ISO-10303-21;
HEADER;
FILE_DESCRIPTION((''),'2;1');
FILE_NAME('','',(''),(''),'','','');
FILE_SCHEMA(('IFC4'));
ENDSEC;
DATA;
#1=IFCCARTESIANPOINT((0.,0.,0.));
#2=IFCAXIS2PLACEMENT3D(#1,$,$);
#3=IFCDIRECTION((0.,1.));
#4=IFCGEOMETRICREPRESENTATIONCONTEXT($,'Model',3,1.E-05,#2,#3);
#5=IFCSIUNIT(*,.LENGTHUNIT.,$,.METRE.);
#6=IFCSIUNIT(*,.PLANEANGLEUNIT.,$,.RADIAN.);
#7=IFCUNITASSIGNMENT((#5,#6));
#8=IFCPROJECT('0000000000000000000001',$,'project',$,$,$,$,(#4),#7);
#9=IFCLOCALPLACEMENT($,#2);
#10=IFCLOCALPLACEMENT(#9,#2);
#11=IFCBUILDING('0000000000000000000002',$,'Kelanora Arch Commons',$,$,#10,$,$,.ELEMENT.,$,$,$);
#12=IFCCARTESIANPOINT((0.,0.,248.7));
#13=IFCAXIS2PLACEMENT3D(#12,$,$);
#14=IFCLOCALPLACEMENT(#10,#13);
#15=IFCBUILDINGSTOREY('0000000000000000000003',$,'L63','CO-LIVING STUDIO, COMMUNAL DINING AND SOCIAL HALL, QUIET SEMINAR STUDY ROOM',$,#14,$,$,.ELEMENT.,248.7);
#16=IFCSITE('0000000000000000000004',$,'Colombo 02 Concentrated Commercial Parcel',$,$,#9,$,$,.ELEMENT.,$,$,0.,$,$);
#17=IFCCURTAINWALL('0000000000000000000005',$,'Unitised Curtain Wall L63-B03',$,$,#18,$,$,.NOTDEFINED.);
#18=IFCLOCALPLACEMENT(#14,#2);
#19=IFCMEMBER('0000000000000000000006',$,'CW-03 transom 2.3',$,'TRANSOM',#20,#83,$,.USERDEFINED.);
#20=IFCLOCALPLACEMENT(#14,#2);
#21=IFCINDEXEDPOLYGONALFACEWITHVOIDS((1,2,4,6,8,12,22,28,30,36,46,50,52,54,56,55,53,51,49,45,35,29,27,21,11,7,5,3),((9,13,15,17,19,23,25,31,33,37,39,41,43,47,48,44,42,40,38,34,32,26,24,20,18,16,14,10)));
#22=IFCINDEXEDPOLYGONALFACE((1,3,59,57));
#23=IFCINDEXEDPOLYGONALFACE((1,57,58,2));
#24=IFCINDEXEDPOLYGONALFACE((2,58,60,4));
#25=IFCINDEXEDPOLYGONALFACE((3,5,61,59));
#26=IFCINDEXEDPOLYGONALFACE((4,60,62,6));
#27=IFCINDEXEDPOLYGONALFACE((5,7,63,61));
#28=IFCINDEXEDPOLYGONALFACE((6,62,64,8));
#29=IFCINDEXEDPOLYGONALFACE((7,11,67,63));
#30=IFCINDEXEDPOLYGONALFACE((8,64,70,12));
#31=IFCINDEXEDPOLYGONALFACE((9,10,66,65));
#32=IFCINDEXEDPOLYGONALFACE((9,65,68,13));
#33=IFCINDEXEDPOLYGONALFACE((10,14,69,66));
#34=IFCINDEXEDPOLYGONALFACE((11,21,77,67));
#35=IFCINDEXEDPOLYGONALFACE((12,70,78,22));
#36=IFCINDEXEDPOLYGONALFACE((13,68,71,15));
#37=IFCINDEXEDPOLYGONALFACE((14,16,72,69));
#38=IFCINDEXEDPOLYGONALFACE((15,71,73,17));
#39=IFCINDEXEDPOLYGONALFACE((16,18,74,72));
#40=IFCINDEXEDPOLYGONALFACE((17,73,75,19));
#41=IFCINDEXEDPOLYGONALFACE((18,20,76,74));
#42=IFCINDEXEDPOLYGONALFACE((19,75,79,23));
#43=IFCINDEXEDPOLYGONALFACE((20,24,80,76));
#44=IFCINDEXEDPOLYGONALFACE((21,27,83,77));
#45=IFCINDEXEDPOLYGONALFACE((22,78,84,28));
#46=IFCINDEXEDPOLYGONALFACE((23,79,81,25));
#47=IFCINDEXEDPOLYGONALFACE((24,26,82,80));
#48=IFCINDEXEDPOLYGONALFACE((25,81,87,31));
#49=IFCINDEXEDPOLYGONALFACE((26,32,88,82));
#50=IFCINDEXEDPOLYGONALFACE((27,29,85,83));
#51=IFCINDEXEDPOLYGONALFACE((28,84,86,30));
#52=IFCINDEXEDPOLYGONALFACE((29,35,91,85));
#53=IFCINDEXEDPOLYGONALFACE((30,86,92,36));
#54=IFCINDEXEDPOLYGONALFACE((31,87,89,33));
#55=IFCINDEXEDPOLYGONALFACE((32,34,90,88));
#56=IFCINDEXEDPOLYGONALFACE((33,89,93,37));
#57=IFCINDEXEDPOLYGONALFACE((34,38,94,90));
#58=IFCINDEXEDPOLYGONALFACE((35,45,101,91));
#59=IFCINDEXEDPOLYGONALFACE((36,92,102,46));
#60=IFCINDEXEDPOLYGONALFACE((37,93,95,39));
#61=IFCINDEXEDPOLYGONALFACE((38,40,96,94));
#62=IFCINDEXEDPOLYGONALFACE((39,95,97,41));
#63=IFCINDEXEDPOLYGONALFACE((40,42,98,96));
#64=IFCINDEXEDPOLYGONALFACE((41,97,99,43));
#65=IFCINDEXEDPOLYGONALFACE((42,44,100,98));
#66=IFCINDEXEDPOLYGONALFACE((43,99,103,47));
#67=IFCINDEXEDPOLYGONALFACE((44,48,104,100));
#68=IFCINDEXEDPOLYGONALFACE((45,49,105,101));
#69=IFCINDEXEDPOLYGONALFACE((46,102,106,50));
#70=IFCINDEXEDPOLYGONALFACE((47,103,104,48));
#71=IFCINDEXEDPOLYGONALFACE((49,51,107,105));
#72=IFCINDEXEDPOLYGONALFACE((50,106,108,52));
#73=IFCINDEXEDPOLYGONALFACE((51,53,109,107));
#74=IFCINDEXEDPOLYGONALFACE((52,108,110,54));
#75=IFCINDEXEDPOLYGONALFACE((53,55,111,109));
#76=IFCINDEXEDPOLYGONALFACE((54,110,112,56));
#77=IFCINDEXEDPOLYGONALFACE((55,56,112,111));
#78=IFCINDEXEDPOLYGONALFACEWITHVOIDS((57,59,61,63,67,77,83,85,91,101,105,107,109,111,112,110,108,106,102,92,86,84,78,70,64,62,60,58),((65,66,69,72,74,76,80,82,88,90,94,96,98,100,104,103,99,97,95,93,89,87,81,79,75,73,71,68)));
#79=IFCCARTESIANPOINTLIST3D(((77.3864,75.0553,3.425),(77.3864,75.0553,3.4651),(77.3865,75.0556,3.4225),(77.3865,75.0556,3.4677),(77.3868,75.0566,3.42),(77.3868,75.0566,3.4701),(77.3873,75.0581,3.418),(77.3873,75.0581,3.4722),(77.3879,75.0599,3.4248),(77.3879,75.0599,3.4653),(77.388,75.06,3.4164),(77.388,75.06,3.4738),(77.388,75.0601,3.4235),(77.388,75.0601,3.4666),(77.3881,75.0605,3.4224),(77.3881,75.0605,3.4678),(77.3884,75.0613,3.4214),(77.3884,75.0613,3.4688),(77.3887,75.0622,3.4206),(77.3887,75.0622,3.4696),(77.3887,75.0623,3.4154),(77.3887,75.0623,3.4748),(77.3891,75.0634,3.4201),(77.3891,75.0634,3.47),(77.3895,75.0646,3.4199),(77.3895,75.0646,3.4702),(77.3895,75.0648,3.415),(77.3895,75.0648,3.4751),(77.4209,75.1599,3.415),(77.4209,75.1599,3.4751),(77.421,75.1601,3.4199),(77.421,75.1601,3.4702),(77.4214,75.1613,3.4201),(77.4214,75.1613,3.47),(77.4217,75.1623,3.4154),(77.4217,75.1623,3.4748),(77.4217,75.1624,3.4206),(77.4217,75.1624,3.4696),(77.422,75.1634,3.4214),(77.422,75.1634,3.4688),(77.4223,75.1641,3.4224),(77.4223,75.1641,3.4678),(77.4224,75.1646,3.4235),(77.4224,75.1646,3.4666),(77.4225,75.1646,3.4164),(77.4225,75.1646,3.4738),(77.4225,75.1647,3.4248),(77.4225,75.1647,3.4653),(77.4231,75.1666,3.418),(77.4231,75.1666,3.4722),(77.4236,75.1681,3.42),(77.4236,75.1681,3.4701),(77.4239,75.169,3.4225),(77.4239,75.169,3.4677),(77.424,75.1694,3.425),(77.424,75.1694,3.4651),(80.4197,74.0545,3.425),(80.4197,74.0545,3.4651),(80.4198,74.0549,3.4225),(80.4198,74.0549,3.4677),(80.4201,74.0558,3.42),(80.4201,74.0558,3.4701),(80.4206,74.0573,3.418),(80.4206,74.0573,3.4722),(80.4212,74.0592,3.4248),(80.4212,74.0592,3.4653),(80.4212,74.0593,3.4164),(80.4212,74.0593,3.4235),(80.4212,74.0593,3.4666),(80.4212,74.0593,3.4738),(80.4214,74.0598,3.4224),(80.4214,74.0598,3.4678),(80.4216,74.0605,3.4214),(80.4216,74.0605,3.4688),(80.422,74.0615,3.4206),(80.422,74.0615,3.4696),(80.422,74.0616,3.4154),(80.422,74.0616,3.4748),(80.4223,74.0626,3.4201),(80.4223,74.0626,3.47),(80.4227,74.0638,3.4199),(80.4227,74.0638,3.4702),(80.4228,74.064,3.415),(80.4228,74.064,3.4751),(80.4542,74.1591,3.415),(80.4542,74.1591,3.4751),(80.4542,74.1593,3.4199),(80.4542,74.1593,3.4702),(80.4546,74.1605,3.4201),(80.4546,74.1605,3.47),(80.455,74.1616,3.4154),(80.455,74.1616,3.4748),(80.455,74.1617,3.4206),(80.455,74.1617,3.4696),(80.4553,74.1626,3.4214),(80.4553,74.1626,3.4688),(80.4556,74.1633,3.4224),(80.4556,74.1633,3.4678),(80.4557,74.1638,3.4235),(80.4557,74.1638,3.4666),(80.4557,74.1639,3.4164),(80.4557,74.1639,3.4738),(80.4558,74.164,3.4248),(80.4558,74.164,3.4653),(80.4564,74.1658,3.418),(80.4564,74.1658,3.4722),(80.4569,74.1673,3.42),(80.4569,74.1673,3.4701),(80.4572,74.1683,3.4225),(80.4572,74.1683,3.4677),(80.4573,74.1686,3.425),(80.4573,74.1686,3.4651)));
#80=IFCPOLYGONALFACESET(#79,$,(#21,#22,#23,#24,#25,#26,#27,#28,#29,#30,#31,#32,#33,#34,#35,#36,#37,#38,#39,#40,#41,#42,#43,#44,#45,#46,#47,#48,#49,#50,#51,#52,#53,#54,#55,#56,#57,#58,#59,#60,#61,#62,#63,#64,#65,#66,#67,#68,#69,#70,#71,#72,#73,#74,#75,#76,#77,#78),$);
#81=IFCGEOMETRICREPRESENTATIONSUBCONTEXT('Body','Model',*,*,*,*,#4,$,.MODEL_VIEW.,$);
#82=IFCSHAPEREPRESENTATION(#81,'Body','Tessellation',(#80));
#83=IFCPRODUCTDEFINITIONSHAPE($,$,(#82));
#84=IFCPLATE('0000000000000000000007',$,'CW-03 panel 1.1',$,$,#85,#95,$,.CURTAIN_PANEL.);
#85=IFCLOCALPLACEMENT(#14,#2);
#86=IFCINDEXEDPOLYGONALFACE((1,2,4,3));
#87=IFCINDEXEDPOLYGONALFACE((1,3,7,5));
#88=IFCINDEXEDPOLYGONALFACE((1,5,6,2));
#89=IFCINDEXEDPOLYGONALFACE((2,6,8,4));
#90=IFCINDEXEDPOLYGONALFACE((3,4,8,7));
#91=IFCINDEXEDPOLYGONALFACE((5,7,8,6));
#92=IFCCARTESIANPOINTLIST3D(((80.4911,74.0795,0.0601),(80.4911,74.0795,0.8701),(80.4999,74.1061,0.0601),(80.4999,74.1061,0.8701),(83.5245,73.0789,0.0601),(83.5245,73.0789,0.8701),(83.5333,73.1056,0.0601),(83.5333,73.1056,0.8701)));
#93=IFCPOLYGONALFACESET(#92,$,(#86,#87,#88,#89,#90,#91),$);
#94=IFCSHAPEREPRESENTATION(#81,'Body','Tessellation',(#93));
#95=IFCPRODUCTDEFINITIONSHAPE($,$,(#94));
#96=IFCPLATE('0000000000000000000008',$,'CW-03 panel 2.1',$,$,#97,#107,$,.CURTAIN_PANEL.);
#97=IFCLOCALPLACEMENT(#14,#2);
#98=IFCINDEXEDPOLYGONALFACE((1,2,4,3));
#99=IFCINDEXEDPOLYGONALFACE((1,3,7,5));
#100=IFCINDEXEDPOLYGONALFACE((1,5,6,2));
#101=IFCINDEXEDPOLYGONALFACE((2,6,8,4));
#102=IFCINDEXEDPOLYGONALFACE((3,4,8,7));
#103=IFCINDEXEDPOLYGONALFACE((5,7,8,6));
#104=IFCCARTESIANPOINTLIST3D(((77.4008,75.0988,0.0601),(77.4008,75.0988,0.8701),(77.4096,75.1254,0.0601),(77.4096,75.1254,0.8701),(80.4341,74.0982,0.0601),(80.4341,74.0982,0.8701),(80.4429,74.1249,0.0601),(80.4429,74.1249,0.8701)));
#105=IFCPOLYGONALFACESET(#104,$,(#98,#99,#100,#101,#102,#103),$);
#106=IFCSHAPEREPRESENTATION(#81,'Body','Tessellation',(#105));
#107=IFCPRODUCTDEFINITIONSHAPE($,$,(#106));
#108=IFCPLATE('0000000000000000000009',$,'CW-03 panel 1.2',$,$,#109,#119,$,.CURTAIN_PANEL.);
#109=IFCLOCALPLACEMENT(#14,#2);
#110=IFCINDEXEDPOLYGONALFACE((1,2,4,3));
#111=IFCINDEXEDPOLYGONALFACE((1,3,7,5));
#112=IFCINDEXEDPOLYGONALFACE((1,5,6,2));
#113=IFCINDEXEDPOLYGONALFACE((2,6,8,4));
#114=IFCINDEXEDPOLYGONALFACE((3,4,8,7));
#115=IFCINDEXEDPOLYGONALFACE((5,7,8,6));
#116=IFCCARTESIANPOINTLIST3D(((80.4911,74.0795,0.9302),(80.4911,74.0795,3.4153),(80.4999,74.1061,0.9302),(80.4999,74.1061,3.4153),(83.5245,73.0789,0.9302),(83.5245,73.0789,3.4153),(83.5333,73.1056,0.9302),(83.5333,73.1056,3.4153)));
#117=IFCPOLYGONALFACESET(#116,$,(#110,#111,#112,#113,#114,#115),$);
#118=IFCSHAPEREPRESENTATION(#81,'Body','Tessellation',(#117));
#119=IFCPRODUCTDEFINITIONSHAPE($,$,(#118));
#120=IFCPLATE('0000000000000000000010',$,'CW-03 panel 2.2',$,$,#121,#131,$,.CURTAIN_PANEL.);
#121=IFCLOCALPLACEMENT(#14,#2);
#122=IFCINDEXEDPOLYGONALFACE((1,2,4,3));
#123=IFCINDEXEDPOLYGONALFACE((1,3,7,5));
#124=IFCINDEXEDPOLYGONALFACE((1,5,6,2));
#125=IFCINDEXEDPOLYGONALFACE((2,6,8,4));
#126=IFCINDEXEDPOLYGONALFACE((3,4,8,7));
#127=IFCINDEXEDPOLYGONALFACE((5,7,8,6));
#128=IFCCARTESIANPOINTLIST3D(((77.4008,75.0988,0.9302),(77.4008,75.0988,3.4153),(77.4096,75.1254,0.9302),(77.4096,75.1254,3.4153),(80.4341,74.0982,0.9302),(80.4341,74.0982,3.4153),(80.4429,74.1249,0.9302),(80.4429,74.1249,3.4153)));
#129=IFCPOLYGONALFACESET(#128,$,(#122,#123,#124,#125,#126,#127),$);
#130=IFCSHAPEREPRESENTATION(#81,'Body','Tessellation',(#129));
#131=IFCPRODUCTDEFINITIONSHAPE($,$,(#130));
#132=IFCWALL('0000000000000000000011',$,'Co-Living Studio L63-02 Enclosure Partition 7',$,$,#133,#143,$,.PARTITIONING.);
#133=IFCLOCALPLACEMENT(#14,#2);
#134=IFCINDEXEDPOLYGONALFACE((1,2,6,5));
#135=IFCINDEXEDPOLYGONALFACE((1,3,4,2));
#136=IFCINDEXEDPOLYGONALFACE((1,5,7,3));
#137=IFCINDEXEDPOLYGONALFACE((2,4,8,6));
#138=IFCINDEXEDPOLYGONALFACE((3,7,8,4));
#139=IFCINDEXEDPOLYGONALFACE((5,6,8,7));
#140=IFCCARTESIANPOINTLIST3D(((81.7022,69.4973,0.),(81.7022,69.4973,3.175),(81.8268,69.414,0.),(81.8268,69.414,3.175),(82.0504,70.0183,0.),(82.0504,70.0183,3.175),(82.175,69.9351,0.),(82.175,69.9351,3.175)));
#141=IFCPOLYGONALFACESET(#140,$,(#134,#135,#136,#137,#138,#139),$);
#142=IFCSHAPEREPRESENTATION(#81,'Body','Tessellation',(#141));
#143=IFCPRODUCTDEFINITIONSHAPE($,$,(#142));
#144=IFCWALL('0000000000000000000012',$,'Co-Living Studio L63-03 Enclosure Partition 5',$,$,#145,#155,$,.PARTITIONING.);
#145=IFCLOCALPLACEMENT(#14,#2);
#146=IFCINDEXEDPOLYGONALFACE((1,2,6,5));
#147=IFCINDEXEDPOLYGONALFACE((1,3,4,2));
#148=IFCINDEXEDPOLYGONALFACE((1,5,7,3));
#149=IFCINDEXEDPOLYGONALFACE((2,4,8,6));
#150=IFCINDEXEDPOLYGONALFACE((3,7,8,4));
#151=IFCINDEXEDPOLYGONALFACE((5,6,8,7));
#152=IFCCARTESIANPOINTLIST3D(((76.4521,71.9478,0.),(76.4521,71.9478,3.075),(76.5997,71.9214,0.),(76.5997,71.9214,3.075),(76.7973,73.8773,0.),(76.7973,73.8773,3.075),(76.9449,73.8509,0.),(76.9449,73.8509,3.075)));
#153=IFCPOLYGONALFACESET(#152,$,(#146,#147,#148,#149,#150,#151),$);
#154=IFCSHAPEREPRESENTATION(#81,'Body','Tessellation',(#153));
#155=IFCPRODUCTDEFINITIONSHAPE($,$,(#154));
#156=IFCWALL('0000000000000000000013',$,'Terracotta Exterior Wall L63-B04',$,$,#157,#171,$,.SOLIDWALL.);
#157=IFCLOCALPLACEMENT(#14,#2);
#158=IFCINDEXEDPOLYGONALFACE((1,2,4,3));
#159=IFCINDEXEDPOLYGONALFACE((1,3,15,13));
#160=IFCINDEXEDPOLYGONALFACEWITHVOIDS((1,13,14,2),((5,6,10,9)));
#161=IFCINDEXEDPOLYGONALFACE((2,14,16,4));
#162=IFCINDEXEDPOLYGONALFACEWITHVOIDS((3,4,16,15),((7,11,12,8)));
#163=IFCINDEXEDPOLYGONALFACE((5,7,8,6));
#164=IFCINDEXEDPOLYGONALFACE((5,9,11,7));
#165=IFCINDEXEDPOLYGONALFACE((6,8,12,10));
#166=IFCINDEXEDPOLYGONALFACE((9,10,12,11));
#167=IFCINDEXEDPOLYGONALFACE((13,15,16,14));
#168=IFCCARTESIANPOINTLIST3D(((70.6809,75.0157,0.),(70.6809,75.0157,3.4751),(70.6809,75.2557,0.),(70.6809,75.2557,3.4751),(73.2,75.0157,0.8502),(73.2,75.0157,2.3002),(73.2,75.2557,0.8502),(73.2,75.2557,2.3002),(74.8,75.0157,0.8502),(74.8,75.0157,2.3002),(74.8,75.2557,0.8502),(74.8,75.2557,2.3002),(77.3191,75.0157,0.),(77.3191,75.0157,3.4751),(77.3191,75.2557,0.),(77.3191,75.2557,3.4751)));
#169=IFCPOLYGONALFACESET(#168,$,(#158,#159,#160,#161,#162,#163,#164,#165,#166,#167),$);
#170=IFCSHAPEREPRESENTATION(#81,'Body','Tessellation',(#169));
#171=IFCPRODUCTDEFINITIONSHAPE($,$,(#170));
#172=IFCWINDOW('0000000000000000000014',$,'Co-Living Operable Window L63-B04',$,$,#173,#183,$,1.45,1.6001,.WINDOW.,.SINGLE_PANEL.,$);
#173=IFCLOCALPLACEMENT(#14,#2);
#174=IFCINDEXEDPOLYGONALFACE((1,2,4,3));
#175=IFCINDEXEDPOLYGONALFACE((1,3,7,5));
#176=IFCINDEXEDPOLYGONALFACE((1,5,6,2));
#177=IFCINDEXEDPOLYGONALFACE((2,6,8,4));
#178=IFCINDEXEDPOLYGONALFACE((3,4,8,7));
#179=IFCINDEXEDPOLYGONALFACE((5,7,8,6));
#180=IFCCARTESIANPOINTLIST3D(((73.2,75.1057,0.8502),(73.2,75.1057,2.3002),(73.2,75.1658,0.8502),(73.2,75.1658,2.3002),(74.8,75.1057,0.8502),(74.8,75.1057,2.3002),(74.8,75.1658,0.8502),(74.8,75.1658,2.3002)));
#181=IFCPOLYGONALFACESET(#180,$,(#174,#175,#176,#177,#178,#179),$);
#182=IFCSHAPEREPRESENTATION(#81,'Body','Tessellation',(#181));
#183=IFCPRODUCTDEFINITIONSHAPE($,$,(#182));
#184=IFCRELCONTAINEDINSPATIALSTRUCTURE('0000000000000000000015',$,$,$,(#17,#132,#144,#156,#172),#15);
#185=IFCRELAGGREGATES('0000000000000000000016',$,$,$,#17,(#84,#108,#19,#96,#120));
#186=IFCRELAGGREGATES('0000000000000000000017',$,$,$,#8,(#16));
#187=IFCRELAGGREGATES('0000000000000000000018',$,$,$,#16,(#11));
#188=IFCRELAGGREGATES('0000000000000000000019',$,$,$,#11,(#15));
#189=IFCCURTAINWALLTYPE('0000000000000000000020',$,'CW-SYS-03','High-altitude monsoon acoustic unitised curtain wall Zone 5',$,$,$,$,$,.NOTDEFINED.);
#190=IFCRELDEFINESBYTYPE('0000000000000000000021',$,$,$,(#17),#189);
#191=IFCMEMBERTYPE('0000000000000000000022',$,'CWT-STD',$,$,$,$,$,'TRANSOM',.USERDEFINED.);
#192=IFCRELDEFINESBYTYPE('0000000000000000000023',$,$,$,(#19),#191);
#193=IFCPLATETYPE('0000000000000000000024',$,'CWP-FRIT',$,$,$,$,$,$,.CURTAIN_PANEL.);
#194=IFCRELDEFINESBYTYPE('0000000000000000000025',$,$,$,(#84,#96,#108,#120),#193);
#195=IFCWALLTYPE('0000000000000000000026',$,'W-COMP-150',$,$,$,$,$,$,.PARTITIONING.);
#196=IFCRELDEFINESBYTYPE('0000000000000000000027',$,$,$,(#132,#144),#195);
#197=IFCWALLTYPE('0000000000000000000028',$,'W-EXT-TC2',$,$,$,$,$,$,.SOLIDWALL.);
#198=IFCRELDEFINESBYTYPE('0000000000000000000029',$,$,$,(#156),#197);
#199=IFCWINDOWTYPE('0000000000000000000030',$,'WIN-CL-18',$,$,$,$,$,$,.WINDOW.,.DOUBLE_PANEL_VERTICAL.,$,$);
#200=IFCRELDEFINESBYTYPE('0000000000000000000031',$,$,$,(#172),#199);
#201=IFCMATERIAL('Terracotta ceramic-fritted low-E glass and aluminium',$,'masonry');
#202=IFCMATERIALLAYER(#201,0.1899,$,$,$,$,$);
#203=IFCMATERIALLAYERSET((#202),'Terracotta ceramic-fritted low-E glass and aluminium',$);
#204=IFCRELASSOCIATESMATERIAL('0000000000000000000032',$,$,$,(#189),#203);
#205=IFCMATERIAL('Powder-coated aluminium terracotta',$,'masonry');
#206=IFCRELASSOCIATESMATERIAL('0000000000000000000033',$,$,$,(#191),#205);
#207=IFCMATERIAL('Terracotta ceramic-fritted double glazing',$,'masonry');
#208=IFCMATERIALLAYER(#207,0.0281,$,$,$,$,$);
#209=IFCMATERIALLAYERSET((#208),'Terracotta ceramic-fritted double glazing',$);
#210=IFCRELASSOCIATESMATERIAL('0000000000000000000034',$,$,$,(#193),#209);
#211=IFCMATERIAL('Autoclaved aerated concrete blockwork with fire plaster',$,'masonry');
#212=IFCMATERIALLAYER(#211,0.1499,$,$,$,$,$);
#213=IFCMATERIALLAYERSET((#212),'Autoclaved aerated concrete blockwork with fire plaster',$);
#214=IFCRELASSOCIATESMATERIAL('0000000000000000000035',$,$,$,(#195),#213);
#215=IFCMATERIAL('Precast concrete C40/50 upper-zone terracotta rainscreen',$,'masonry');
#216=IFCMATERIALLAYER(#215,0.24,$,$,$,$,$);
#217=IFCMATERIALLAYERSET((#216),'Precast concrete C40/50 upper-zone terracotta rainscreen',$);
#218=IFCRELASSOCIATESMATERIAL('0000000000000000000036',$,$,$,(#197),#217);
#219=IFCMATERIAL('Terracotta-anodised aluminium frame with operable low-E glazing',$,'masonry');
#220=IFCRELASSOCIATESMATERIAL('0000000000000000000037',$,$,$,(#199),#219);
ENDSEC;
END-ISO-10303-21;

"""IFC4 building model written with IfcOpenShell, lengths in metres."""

from ifc_helpers import new_model, si_unit, direction, frame, frame_2d, origin, origin_2d, place, context, subcontext, project, spatial, rectangle, hollow_rectangle, extrude, source, transform, mapped, material, layer, layer_set, material_profile, profile_set, type_object, element, fill, aggregate, save


model = new_model("IFC4")

# Units and contexts
model_context = context("Model", 3, precision=1e-05, world=origin(), true_north=direction((0.0, 1.0)))
body_context = subcontext(model_context, "Body", "Model", "MODEL_VIEW")
ifc_project = project(units=[si_unit("LENGTHUNIT", "METRE"), si_unit("PLANEANGLEUNIT", "RADIAN")], contexts=[model_context])

# Site, building, storey
site_placement = place(None, origin())
site = spatial("IfcSite", under=ifc_project, at=site_placement, Name="Colombo 02 Concentrated Commercial Parcel", CompositionType="ELEMENT", RefElevation=0.0)
building_placement = place(site_placement, origin())
building = spatial("IfcBuilding", under=site, at=building_placement, Name="Kelanora Arch Commons", CompositionType="ELEMENT")
storey_placement = place(building_placement, frame((0.0, 0.0, 248.7)))
storey = spatial("IfcBuildingStorey", under=building, at=storey_placement, Name="L63", Description="CO-LIVING STUDIO, COMMUNAL DINING AND SOCIAL HALL, QUIET SEMINAR STUDY ROOM", CompositionType="ELEMENT", Elevation=248.7)

# Curtain wall, member, plates
ifc_material_1 = material(Name="Terracotta ceramic-fritted low-E glass and aluminium", Category="masonry")
ifc_layer_1 = layer(ifc_material_1, 0.1899)
ifc_layer_set_1 = layer_set([ifc_layer_1], Name="Terracotta ceramic-fritted low-E glass and aluminium")
curtain_wall_type = type_object("IfcCurtainWallType", Name="CW-SYS-03", Description="High-altitude monsoon acoustic unitised curtain wall Zone 5", PredefinedType="NOTDEFINED", material=ifc_layer_set_1)
curtain_wall_placement = place(storey_placement, origin())
curtain_wall = element("IfcCurtainWall", 1, at=curtain_wall_placement, inside=storey, type_object=curtain_wall_type, Name="Unitised Curtain Wall L63-B03", PredefinedType="NOTDEFINED")
ifc_material_2 = material(Name="Powder-coated aluminium terracotta", Category="masonry")
ifc_material_profile_1 = material_profile(ifc_material_2, hollow_rectangle(XDim=0.1201, YDim=0.0601, WallThickness=0.0049, InnerFilletRadius=0.0049, OuterFilletRadius=0.01, at=origin_2d()), Name="CWT120x60")
ifc_profile_set_1 = profile_set([ifc_material_profile_1], Name="Powder-coated aluminium terracotta")
member_type_1 = type_object("IfcMemberType", Name="CWT-STD", ElementType="TRANSOM", PredefinedType="USERDEFINED", material=ifc_profile_set_1)
member_1_placement = place(storey_placement, frame((80.4385, 74.1116, 3.4451), z_axis=(-0.94965, 0.313314, 0.0), x_axis=(-0.313314, -0.94965, 0.0)))
member_1 = element("IfcMember", 2, at=member_1_placement, type_object=member_type_1, Name="CW-03 transom 2.3", ObjectType="TRANSOM", PredefinedType="USERDEFINED", context=body_context, shape_type="SweptSolid", body=[
    extrude(hollow_rectangle(XDim=0.1201, YDim=0.0601, WallThickness=0.0049, InnerFilletRadius=0.0049, OuterFilletRadius=0.01, at=origin_2d()), origin(), (0.0, 0.0, 1.0), 3.1941),
])
ifc_material_3 = material(Name="Terracotta ceramic-fritted double glazing", Category="masonry")
ifc_layer_2 = layer(ifc_material_3, 0.0281)
ifc_layer_set_2 = layer_set([ifc_layer_2], Name="Terracotta ceramic-fritted double glazing")
plate_type = type_object("IfcPlateType", Name="CWP-FRIT", PredefinedType="CURTAIN_PANEL", material=ifc_layer_set_2)
shared_shape_1 = source(origin(), body_context, "Body", "SweptSolid", [
    extrude(rectangle(XDim=3.1941, YDim=0.0281, at=origin_2d()), origin(), (0.0, 0.0, 1.0), 0.8101),
])
plate_1_placement = place(storey_placement, frame((82.0122, 73.5925, 0.0601), z_axis=(0.0, 0.0, 1.0), x_axis=(-0.94967, 0.313253, 0.0)))
plate_1 = element("IfcPlate", 3, at=plate_1_placement, type_object=plate_type, Name="CW-03 panel 1.1", PredefinedType="CURTAIN_PANEL", context=body_context, shape_type="MappedRepresentation", body=[
    mapped(shared_shape_1, transform((0.0, 0.0, 0.0), scale=1.0)),
])
plate_2_placement = place(storey_placement, frame((78.9219, 74.6118, 0.0601), z_axis=(0.0, 0.0, 1.0), x_axis=(-0.94967, 0.313253, 0.0)))
plate_2 = element("IfcPlate", 4, at=plate_2_placement, type_object=plate_type, Name="CW-03 panel 2.1", PredefinedType="CURTAIN_PANEL", context=body_context, shape_type="MappedRepresentation", body=[
    mapped(shared_shape_1, transform((0.0, 0.0, 0.0), scale=1.0)),
])
shared_shape_2 = source(origin(), body_context, "Body", "SweptSolid", [
    extrude(rectangle(XDim=3.1941, YDim=0.0281, at=origin_2d()), origin(), (0.0, 0.0, 1.0), 2.4851),
])
plate_3_placement = place(storey_placement, frame((82.0122, 73.5925, 0.9302), z_axis=(0.0, 0.0, 1.0), x_axis=(-0.94967, 0.313253, 0.0)))
plate_3 = element("IfcPlate", 5, at=plate_3_placement, type_object=plate_type, Name="CW-03 panel 1.2", PredefinedType="CURTAIN_PANEL", context=body_context, shape_type="MappedRepresentation", body=[
    mapped(shared_shape_2, transform((0.0, 0.0, 0.0), scale=1.0)),
])
plate_4_placement = place(storey_placement, frame((78.9219, 74.6118, 0.9302), z_axis=(0.0, 0.0, 1.0), x_axis=(-0.94967, 0.313253, 0.0)))
plate_4 = element("IfcPlate", 6, at=plate_4_placement, type_object=plate_type, Name="CW-03 panel 2.2", PredefinedType="CURTAIN_PANEL", context=body_context, shape_type="MappedRepresentation", body=[
    mapped(shared_shape_2, transform((0.0, 0.0, 0.0), scale=1.0)),
])
aggregate(curtain_wall, [plate_1, plate_3, member_1, plate_2, plate_4])

# Walls
ifc_material_4 = material(Name="Autoclaved aerated concrete blockwork with fire plaster", Category="masonry")
ifc_layer_3 = layer(ifc_material_4, 0.1499)
ifc_layer_set_3 = layer_set([ifc_layer_3], Name="Autoclaved aerated concrete blockwork with fire plaster")
wall_type_1 = type_object("IfcWallType", Name="W-COMP-150", PredefinedType="PARTITIONING", material=ifc_layer_set_3)
wall_1_placement = place(storey_placement, frame((82.1128, 69.9768, 0.0), z_axis=(0.0, 0.0, 1.0), x_axis=(-0.555599, -0.83145, 0.0)))
element("IfcWall", 7, at=wall_1_placement, inside=storey, type_object=wall_type_1, Name="Co-Living Studio L63-02 Enclosure Partition 7", PredefinedType="PARTITIONING", context=body_context, shape_type="SweptSolid", body=[
    extrude(rectangle(XDim=0.6267, YDim=0.1499, at=frame_2d((0.3135, 0.0))), origin(), (0.0, 0.0, 1.0), 3.175),
])
wall_2_placement = place(storey_placement, frame((76.8711, 73.864, 0.0), z_axis=(0.0, 0.0, 1.0), x_axis=(-0.176101, -0.984372, 0.0)))
element("IfcWall", 8, at=wall_2_placement, inside=storey, type_object=wall_type_1, Name="Co-Living Studio L63-03 Enclosure Partition 5", PredefinedType="PARTITIONING", context=body_context, shape_type="SweptSolid", body=[
    extrude(rectangle(XDim=1.9602, YDim=0.1499, at=frame_2d((0.98, 0.0))), origin(), (0.0, 0.0, 1.0), 3.075),
])

# Wall, opening, window
ifc_material_5 = material(Name="Precast concrete C40/50 upper-zone terracotta rainscreen", Category="masonry")
ifc_layer_4 = layer(ifc_material_5, 0.24)
ifc_layer_set_4 = layer_set([ifc_layer_4], Name="Precast concrete C40/50 upper-zone terracotta rainscreen")
wall_type_2 = type_object("IfcWallType", Name="W-EXT-TC2", PredefinedType="SOLIDWALL", material=ifc_layer_set_4)
wall_3_placement = place(storey_placement, frame((77.3191, 75.1357, 0.0), z_axis=(0.0, 0.0, 1.0), x_axis=(-1.0, 0.0, 0.0)))
wall_3 = element("IfcWall", 9, at=wall_3_placement, inside=storey, type_object=wall_type_2, Name="Terracotta Exterior Wall L63-B04", PredefinedType="SOLIDWALL", context=body_context, shape_type="SweptSolid", body=[
    extrude(rectangle(XDim=6.6382, YDim=0.24, at=frame_2d((3.3191, 0.0))), origin(), (0.0, 0.0, 1.0), 3.4751),
])
opening_placement = place(wall_3_placement, frame((2.519, 0.0, 0.8501)))
opening = element("IfcOpeningElement", 10, at=opening_placement, cuts=wall_3, PredefinedType="OPENING", context=body_context, shape_type="SweptSolid", body=[
    extrude(rectangle(XDim=1.6001, YDim=1.45, at=frame_2d((0.8, 0.7251))), frame((0.0, 0.1299, 0.0), z_axis=(0.0, -1.0, 0.0), x_axis=(1.0, 0.0, 0.0)), (0.0, 0.0, 1.0), 0.26),
])
ifc_material_6 = material(Name="Terracotta-anodised aluminium frame with operable low-E glazing", Category="masonry")
window_type = type_object("IfcWindowType", Name="WIN-CL-18", PartitioningType="DOUBLE_PANEL_VERTICAL", PredefinedType="WINDOW", material=ifc_material_6)
window_placement = place(opening_placement, origin())
window = element("IfcWindow", 11, at=window_placement, inside=storey, type_object=window_type, Name="Co-Living Operable Window L63-B04", OverallHeight=1.45, OverallWidth=1.6001, PartitioningType="SINGLE_PANEL", PredefinedType="WINDOW", context=body_context, shape_type="SweptSolid", body=[
    extrude(rectangle(XDim=1.6001, YDim=1.45, at=frame_2d((0.8, 0.7251))), frame((0.0, 0.03, 0.0), z_axis=(0.0, -1.0, 0.0), x_axis=(1.0, 0.0, 0.0)), (0.0, 0.0, 1.0), 0.0601),
])
fill(opening, window)

save(model, "model.ifc")
